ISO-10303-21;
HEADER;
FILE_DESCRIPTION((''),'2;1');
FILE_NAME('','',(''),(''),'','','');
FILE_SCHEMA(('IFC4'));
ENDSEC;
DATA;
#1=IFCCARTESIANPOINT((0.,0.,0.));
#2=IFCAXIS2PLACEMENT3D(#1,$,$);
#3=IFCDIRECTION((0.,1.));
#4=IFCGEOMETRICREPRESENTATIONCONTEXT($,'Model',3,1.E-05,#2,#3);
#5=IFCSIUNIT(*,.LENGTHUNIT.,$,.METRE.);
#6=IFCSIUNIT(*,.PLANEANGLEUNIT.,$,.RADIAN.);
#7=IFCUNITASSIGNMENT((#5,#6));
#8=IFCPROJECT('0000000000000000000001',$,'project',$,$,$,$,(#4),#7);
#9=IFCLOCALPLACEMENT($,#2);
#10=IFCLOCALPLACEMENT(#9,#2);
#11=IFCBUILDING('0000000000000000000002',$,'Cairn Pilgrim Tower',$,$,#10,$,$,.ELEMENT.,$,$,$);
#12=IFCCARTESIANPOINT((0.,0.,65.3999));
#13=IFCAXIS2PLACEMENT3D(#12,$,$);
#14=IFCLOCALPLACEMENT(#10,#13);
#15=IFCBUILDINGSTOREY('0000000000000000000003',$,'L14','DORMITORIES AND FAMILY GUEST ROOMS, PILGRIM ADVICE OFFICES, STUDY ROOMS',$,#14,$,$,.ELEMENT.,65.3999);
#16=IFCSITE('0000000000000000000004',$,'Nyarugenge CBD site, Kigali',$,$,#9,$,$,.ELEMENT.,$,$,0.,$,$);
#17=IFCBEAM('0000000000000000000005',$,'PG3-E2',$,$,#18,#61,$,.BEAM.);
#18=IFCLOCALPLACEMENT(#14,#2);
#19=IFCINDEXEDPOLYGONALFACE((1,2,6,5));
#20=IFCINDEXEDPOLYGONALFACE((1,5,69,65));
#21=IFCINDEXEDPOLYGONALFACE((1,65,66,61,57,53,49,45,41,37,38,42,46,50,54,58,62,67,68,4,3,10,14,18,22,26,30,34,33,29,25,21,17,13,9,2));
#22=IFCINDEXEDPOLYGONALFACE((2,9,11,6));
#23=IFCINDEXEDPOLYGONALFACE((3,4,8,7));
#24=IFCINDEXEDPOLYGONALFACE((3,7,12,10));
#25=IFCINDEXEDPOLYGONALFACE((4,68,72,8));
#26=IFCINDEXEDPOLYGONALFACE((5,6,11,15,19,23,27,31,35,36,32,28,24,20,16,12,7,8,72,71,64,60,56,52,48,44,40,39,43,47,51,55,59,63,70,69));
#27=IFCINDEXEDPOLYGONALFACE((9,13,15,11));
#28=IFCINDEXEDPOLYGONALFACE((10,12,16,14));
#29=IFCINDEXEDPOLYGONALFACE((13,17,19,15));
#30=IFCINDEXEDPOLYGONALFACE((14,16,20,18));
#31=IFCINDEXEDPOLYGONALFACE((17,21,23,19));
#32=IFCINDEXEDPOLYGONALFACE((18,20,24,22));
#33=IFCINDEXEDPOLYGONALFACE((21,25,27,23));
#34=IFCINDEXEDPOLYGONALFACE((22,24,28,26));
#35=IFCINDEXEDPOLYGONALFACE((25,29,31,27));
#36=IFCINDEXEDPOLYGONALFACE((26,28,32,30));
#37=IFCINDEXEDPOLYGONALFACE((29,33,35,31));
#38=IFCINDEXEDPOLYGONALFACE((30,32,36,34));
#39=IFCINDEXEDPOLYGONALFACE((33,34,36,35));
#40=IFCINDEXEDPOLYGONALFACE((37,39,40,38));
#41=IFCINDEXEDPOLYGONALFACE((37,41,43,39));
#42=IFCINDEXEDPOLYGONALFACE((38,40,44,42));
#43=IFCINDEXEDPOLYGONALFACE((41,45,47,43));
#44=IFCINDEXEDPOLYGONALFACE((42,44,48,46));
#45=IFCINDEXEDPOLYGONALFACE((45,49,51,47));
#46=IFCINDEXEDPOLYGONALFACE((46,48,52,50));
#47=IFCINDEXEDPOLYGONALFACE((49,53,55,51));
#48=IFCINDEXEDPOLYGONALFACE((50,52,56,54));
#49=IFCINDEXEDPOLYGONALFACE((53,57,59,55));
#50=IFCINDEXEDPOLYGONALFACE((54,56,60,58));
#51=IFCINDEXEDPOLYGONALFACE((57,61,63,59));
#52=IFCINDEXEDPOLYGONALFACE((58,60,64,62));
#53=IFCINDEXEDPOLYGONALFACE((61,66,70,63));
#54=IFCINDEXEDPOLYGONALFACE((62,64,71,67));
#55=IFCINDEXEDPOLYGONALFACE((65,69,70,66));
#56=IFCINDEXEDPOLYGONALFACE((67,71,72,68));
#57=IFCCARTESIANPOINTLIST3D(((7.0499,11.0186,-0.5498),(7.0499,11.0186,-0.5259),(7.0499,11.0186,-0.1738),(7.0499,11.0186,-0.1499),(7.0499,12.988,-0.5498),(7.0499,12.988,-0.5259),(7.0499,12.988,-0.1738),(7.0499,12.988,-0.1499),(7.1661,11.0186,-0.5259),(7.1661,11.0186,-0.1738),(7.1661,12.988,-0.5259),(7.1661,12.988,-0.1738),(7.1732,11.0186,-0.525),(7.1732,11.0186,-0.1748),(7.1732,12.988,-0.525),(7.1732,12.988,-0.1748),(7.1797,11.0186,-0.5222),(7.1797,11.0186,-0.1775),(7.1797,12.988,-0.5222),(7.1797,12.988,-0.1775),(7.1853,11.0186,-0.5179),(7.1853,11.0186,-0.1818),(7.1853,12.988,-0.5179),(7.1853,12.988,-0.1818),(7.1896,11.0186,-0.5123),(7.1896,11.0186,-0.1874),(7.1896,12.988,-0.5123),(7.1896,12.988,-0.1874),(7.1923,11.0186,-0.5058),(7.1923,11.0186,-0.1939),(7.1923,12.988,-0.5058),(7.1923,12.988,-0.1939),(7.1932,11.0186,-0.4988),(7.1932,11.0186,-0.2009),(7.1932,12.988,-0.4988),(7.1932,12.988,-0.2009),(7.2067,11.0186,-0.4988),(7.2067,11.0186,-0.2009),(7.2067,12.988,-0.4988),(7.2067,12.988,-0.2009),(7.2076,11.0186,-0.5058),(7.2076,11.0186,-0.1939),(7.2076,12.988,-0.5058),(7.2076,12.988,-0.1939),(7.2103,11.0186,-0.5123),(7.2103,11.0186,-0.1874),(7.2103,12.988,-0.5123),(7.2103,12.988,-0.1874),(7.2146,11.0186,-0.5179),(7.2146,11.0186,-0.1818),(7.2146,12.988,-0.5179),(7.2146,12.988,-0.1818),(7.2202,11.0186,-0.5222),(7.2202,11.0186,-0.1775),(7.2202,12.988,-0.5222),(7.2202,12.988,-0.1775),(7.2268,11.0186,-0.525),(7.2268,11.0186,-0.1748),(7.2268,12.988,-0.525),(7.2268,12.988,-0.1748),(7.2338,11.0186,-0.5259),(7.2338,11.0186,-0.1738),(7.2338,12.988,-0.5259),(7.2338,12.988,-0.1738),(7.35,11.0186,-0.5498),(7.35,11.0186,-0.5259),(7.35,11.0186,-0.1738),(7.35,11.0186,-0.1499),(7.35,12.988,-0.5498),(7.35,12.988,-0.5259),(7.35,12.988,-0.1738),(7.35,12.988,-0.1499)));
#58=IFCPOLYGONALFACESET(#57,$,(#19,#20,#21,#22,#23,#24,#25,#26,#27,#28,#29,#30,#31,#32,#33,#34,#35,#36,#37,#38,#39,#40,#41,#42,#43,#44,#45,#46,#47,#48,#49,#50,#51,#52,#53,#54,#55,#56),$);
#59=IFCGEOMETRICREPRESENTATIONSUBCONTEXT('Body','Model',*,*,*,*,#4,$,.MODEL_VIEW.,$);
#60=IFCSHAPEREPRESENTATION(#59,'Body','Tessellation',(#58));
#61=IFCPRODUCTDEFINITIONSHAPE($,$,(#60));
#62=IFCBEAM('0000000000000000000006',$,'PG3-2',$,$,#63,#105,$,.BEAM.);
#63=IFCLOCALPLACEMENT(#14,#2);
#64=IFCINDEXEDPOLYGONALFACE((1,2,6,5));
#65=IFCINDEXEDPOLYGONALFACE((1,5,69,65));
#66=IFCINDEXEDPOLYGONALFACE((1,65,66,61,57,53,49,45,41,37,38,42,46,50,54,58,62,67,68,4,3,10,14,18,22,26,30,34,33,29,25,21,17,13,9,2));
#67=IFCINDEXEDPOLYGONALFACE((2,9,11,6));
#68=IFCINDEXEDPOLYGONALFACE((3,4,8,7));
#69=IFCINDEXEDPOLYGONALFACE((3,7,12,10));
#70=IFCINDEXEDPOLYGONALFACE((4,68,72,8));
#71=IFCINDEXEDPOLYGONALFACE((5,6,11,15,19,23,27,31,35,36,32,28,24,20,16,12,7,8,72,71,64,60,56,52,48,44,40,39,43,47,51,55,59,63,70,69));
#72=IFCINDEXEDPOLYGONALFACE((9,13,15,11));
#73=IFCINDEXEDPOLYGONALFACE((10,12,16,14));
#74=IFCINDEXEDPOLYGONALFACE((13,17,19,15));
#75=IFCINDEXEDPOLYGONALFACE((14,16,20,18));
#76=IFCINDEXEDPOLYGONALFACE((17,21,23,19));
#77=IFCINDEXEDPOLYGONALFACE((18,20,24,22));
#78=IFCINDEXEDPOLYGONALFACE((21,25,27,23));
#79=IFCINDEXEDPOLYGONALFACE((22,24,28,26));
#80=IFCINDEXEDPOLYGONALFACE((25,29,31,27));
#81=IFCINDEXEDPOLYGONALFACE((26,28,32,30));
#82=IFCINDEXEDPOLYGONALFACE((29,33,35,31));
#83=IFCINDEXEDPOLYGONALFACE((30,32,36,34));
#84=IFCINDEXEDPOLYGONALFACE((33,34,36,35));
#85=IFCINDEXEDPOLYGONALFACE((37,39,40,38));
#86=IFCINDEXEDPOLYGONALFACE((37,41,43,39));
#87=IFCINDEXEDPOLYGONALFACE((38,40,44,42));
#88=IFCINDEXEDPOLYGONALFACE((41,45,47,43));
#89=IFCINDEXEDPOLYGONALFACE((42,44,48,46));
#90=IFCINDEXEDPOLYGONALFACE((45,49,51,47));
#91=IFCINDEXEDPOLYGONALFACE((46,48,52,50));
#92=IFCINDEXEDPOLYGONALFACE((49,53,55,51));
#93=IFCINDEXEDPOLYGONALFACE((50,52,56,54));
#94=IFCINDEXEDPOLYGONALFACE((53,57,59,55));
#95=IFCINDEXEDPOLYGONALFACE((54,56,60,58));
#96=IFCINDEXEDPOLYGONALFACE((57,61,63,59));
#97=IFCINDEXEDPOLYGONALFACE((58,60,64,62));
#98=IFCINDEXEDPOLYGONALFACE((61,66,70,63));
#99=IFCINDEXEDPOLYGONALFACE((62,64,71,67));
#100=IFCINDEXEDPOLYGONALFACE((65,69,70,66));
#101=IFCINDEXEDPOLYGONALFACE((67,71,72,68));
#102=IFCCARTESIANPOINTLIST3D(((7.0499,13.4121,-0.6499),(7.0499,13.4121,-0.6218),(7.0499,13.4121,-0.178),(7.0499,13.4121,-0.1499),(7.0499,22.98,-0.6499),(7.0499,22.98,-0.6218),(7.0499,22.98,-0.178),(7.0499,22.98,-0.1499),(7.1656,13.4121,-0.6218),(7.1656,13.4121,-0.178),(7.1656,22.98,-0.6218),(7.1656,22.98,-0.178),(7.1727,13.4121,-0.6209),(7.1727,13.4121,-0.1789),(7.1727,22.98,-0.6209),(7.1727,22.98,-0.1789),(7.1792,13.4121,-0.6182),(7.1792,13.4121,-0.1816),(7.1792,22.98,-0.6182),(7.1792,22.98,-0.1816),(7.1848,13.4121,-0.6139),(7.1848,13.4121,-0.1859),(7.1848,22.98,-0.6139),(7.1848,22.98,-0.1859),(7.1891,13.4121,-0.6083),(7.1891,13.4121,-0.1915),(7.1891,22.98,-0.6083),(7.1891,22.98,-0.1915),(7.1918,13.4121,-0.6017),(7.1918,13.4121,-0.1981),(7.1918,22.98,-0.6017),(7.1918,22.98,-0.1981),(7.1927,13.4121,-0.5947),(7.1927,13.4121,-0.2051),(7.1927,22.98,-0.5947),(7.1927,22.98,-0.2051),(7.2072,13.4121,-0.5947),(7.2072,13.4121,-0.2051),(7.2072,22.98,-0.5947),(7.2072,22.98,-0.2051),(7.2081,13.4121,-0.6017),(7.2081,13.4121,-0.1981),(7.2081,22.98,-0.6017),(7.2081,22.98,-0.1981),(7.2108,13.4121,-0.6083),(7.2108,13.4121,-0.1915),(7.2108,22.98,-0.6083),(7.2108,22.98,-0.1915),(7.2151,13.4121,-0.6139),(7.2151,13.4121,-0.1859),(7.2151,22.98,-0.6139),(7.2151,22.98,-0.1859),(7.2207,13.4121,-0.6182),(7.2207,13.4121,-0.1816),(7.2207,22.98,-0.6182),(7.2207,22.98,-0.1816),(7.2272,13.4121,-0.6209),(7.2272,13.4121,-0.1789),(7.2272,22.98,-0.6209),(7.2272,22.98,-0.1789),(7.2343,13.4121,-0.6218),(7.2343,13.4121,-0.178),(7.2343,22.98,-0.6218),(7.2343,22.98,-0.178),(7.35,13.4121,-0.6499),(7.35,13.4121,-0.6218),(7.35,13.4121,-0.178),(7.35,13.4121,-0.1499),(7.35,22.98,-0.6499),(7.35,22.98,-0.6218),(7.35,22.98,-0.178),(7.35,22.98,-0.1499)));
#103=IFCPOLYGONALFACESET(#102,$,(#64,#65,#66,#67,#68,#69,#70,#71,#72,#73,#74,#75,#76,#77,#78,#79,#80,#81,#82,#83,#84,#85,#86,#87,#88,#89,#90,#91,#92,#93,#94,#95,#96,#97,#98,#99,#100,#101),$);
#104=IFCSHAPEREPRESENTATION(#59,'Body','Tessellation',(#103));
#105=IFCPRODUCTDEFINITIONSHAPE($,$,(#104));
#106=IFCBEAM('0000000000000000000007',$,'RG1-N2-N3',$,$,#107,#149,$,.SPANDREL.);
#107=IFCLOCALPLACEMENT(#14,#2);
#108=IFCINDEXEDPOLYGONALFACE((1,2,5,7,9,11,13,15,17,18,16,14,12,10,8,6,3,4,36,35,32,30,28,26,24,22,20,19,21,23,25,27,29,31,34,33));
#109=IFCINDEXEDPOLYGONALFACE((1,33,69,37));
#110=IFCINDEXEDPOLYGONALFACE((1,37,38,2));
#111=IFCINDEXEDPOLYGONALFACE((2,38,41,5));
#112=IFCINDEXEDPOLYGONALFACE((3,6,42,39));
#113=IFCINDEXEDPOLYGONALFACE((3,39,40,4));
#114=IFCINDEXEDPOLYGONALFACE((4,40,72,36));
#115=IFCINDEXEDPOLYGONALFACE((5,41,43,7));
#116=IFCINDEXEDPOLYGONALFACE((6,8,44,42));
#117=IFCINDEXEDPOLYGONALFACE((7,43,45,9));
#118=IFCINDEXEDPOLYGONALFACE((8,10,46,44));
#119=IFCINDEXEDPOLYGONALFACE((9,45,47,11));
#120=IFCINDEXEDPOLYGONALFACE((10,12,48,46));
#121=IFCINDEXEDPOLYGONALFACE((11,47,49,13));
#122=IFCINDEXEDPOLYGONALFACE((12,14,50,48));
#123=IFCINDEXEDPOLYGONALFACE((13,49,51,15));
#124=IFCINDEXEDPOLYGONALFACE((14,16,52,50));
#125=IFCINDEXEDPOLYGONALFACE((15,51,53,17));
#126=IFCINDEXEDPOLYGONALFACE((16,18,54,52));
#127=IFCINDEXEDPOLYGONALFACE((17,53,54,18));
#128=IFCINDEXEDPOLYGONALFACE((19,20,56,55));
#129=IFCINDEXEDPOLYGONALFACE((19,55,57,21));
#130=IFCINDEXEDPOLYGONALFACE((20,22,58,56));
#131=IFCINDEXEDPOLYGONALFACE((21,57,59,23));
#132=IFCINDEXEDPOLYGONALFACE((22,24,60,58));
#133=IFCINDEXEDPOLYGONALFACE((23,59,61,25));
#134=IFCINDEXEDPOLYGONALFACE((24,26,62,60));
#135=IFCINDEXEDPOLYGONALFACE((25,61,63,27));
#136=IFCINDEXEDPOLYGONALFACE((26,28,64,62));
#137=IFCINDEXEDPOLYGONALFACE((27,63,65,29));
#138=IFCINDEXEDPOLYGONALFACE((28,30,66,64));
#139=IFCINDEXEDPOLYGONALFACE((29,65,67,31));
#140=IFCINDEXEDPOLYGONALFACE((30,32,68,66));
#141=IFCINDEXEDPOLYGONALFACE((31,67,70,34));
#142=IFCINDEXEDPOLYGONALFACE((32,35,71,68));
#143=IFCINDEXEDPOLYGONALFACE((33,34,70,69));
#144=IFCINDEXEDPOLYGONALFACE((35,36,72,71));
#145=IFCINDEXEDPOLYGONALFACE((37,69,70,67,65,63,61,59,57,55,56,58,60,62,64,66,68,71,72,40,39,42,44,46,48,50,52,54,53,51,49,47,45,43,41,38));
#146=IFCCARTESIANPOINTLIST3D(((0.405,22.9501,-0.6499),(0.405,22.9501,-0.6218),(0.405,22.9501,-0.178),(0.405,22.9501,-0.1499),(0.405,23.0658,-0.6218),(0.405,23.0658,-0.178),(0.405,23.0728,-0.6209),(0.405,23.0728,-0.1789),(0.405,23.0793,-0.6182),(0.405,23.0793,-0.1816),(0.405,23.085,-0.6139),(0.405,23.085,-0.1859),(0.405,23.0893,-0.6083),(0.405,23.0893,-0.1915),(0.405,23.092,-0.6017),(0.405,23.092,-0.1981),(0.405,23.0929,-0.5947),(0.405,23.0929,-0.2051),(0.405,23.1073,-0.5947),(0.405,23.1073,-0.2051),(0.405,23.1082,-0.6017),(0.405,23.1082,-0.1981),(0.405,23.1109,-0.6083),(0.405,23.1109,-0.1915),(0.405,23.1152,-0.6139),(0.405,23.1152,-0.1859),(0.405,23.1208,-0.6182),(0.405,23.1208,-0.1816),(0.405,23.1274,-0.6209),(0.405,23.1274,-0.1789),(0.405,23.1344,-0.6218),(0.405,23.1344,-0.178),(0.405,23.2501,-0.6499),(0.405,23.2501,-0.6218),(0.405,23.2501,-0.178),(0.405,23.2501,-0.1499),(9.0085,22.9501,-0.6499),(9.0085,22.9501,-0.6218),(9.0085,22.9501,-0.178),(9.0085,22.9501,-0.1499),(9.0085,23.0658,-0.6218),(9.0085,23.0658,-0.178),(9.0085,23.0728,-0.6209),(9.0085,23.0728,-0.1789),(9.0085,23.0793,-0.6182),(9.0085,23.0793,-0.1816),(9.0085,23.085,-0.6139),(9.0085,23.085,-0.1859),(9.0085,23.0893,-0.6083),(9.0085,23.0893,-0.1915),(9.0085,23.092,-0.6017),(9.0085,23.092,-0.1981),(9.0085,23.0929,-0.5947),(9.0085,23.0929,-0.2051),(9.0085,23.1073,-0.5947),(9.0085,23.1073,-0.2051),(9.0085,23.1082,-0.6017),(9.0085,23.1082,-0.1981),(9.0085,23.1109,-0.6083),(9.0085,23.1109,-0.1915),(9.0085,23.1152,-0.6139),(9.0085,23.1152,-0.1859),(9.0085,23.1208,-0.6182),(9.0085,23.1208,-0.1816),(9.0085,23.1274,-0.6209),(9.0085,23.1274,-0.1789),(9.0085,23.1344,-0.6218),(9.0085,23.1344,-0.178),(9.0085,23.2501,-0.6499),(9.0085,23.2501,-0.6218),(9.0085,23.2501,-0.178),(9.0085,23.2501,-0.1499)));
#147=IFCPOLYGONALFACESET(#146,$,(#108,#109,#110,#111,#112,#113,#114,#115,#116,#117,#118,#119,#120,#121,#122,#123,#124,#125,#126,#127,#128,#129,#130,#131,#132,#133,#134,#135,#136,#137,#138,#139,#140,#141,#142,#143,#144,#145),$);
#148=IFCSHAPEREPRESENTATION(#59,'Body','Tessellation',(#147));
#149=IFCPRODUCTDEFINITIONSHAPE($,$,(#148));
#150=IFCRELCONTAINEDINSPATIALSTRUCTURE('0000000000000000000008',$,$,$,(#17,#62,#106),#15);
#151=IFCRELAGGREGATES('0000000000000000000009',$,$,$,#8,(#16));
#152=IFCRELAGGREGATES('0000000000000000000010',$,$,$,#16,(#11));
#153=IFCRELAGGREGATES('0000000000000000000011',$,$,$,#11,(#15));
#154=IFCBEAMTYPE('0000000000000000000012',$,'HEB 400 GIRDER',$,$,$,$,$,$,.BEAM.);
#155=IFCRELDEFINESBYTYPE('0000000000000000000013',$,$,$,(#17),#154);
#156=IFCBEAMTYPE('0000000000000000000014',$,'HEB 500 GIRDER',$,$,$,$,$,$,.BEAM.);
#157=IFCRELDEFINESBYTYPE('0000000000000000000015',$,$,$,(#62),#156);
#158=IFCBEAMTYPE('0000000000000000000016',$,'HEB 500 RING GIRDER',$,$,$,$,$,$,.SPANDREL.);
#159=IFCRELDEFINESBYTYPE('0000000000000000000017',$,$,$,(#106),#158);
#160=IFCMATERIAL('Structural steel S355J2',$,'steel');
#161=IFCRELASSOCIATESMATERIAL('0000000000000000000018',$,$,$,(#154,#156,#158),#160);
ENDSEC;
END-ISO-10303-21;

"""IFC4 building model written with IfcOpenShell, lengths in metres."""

from ifc_helpers import new_model, si_unit, direction, frame, origin, origin_2d, place, context, subcontext, project, spatial, i_section, extrude, material, material_profile, profile_set, type_object, element, save


model = new_model("IFC4")

# Units and contexts
model_context = context("Model", 3, precision=1e-05, world=origin(), true_north=direction((0.0, 1.0)))
body_context = subcontext(model_context, "Body", "Model", "MODEL_VIEW")
ifc_project = project(units=[si_unit("LENGTHUNIT", "METRE"), si_unit("PLANEANGLEUNIT", "RADIAN")], contexts=[model_context])

# Site, building, storey
site_placement = place(None, origin())
site = spatial("IfcSite", under=ifc_project, at=site_placement, Name="Nyarugenge CBD site, Kigali", CompositionType="ELEMENT", RefElevation=0.0)
building_placement = place(site_placement, origin())
building = spatial("IfcBuilding", under=site, at=building_placement, Name="Cairn Pilgrim Tower", CompositionType="ELEMENT")
storey_placement = place(building_placement, frame((0.0, 0.0, 65.3999)))
storey = spatial("IfcBuildingStorey", under=building, at=storey_placement, Name="L14", Description="DORMITORIES AND FAMILY GUEST ROOMS, PILGRIM ADVICE OFFICES, STUDY ROOMS", CompositionType="ELEMENT", Elevation=65.3999)

# Beams
ifc_material_1 = material(Name="Structural steel S355J2", Category="steel")
ifc_material_profile_1 = material_profile(ifc_material_1, i_section(OverallWidth=0.3, OverallDepth=0.3999, WebThickness=0.0134, FlangeThickness=0.0239, FilletRadius=0.0271, at=origin_2d()), Name="HEB 400")
ifc_profile_set_1 = profile_set([ifc_material_profile_1], Name="Structural steel S355J2")
beam_type_1 = type_object("IfcBeamType", Name="HEB 400 GIRDER", PredefinedType="BEAM", material=ifc_profile_set_1)
beam_1_placement = place(storey_placement, frame((7.2, 11.0186, -0.3499), z_axis=(0.0, 1.0, 0.0), x_axis=(-1.0, 0.0, 0.0)))
element("IfcBeam", 1, at=beam_1_placement, inside=storey, type_object=beam_type_1, Name="PG3-E2", PredefinedType="BEAM", context=body_context, shape_type="SweptSolid", body=[
    extrude(i_section(OverallWidth=0.3, OverallDepth=0.3999, WebThickness=0.0134, FlangeThickness=0.0239, FilletRadius=0.0271, at=origin_2d()), origin(), (0.0, 0.0, 1.0), 1.9695),
])
ifc_material_profile_2 = material_profile(ifc_material_1, i_section(OverallWidth=0.3, OverallDepth=0.5, WebThickness=0.0144, FlangeThickness=0.0281, FilletRadius=0.0271, at=origin_2d()), Name="HEB 500")
ifc_profile_set_2 = profile_set([ifc_material_profile_2], Name="Structural steel S355J2")
beam_type_2 = type_object("IfcBeamType", Name="HEB 500 GIRDER", PredefinedType="BEAM", material=ifc_profile_set_2)
beam_2_placement = place(storey_placement, frame((7.2, 13.4121, -0.3999), z_axis=(0.0, 1.0, 0.0), x_axis=(-1.0, 0.0, 0.0)))
element("IfcBeam", 2, at=beam_2_placement, inside=storey, type_object=beam_type_2, Name="PG3-2", PredefinedType="BEAM", context=body_context, shape_type="SweptSolid", body=[
    extrude(i_section(OverallWidth=0.3, OverallDepth=0.5, WebThickness=0.0144, FlangeThickness=0.0281, FilletRadius=0.0271, at=origin_2d()), origin(), (0.0, 0.0, 1.0), 9.5679),
])
ifc_material_profile_3 = material_profile(ifc_material_1, i_section(OverallWidth=0.3, OverallDepth=0.5, WebThickness=0.0144, FlangeThickness=0.0281, FilletRadius=0.0271, at=origin_2d()), Name="HEB 500")
ifc_profile_set_3 = profile_set([ifc_material_profile_3], Name="Structural steel S355J2")
beam_type_3 = type_object("IfcBeamType", Name="HEB 500 RING GIRDER", PredefinedType="SPANDREL", material=ifc_profile_set_3)
beam_3_placement = place(storey_placement, frame((9.0085, 23.1001, -0.3999), z_axis=(-1.0, 0.0, 0.0), x_axis=(0.0, -1.0, 0.0)))
element("IfcBeam", 3, at=beam_3_placement, inside=storey, type_object=beam_type_3, Name="RG1-N2-N3", PredefinedType="SPANDREL", context=body_context, shape_type="SweptSolid", body=[
    extrude(i_section(OverallWidth=0.3, OverallDepth=0.5, WebThickness=0.0144, FlangeThickness=0.0281, FilletRadius=0.0271, at=origin_2d()), origin(), (0.0, 0.0, 1.0), 8.6035),
])

save(model, "model.ifc")
